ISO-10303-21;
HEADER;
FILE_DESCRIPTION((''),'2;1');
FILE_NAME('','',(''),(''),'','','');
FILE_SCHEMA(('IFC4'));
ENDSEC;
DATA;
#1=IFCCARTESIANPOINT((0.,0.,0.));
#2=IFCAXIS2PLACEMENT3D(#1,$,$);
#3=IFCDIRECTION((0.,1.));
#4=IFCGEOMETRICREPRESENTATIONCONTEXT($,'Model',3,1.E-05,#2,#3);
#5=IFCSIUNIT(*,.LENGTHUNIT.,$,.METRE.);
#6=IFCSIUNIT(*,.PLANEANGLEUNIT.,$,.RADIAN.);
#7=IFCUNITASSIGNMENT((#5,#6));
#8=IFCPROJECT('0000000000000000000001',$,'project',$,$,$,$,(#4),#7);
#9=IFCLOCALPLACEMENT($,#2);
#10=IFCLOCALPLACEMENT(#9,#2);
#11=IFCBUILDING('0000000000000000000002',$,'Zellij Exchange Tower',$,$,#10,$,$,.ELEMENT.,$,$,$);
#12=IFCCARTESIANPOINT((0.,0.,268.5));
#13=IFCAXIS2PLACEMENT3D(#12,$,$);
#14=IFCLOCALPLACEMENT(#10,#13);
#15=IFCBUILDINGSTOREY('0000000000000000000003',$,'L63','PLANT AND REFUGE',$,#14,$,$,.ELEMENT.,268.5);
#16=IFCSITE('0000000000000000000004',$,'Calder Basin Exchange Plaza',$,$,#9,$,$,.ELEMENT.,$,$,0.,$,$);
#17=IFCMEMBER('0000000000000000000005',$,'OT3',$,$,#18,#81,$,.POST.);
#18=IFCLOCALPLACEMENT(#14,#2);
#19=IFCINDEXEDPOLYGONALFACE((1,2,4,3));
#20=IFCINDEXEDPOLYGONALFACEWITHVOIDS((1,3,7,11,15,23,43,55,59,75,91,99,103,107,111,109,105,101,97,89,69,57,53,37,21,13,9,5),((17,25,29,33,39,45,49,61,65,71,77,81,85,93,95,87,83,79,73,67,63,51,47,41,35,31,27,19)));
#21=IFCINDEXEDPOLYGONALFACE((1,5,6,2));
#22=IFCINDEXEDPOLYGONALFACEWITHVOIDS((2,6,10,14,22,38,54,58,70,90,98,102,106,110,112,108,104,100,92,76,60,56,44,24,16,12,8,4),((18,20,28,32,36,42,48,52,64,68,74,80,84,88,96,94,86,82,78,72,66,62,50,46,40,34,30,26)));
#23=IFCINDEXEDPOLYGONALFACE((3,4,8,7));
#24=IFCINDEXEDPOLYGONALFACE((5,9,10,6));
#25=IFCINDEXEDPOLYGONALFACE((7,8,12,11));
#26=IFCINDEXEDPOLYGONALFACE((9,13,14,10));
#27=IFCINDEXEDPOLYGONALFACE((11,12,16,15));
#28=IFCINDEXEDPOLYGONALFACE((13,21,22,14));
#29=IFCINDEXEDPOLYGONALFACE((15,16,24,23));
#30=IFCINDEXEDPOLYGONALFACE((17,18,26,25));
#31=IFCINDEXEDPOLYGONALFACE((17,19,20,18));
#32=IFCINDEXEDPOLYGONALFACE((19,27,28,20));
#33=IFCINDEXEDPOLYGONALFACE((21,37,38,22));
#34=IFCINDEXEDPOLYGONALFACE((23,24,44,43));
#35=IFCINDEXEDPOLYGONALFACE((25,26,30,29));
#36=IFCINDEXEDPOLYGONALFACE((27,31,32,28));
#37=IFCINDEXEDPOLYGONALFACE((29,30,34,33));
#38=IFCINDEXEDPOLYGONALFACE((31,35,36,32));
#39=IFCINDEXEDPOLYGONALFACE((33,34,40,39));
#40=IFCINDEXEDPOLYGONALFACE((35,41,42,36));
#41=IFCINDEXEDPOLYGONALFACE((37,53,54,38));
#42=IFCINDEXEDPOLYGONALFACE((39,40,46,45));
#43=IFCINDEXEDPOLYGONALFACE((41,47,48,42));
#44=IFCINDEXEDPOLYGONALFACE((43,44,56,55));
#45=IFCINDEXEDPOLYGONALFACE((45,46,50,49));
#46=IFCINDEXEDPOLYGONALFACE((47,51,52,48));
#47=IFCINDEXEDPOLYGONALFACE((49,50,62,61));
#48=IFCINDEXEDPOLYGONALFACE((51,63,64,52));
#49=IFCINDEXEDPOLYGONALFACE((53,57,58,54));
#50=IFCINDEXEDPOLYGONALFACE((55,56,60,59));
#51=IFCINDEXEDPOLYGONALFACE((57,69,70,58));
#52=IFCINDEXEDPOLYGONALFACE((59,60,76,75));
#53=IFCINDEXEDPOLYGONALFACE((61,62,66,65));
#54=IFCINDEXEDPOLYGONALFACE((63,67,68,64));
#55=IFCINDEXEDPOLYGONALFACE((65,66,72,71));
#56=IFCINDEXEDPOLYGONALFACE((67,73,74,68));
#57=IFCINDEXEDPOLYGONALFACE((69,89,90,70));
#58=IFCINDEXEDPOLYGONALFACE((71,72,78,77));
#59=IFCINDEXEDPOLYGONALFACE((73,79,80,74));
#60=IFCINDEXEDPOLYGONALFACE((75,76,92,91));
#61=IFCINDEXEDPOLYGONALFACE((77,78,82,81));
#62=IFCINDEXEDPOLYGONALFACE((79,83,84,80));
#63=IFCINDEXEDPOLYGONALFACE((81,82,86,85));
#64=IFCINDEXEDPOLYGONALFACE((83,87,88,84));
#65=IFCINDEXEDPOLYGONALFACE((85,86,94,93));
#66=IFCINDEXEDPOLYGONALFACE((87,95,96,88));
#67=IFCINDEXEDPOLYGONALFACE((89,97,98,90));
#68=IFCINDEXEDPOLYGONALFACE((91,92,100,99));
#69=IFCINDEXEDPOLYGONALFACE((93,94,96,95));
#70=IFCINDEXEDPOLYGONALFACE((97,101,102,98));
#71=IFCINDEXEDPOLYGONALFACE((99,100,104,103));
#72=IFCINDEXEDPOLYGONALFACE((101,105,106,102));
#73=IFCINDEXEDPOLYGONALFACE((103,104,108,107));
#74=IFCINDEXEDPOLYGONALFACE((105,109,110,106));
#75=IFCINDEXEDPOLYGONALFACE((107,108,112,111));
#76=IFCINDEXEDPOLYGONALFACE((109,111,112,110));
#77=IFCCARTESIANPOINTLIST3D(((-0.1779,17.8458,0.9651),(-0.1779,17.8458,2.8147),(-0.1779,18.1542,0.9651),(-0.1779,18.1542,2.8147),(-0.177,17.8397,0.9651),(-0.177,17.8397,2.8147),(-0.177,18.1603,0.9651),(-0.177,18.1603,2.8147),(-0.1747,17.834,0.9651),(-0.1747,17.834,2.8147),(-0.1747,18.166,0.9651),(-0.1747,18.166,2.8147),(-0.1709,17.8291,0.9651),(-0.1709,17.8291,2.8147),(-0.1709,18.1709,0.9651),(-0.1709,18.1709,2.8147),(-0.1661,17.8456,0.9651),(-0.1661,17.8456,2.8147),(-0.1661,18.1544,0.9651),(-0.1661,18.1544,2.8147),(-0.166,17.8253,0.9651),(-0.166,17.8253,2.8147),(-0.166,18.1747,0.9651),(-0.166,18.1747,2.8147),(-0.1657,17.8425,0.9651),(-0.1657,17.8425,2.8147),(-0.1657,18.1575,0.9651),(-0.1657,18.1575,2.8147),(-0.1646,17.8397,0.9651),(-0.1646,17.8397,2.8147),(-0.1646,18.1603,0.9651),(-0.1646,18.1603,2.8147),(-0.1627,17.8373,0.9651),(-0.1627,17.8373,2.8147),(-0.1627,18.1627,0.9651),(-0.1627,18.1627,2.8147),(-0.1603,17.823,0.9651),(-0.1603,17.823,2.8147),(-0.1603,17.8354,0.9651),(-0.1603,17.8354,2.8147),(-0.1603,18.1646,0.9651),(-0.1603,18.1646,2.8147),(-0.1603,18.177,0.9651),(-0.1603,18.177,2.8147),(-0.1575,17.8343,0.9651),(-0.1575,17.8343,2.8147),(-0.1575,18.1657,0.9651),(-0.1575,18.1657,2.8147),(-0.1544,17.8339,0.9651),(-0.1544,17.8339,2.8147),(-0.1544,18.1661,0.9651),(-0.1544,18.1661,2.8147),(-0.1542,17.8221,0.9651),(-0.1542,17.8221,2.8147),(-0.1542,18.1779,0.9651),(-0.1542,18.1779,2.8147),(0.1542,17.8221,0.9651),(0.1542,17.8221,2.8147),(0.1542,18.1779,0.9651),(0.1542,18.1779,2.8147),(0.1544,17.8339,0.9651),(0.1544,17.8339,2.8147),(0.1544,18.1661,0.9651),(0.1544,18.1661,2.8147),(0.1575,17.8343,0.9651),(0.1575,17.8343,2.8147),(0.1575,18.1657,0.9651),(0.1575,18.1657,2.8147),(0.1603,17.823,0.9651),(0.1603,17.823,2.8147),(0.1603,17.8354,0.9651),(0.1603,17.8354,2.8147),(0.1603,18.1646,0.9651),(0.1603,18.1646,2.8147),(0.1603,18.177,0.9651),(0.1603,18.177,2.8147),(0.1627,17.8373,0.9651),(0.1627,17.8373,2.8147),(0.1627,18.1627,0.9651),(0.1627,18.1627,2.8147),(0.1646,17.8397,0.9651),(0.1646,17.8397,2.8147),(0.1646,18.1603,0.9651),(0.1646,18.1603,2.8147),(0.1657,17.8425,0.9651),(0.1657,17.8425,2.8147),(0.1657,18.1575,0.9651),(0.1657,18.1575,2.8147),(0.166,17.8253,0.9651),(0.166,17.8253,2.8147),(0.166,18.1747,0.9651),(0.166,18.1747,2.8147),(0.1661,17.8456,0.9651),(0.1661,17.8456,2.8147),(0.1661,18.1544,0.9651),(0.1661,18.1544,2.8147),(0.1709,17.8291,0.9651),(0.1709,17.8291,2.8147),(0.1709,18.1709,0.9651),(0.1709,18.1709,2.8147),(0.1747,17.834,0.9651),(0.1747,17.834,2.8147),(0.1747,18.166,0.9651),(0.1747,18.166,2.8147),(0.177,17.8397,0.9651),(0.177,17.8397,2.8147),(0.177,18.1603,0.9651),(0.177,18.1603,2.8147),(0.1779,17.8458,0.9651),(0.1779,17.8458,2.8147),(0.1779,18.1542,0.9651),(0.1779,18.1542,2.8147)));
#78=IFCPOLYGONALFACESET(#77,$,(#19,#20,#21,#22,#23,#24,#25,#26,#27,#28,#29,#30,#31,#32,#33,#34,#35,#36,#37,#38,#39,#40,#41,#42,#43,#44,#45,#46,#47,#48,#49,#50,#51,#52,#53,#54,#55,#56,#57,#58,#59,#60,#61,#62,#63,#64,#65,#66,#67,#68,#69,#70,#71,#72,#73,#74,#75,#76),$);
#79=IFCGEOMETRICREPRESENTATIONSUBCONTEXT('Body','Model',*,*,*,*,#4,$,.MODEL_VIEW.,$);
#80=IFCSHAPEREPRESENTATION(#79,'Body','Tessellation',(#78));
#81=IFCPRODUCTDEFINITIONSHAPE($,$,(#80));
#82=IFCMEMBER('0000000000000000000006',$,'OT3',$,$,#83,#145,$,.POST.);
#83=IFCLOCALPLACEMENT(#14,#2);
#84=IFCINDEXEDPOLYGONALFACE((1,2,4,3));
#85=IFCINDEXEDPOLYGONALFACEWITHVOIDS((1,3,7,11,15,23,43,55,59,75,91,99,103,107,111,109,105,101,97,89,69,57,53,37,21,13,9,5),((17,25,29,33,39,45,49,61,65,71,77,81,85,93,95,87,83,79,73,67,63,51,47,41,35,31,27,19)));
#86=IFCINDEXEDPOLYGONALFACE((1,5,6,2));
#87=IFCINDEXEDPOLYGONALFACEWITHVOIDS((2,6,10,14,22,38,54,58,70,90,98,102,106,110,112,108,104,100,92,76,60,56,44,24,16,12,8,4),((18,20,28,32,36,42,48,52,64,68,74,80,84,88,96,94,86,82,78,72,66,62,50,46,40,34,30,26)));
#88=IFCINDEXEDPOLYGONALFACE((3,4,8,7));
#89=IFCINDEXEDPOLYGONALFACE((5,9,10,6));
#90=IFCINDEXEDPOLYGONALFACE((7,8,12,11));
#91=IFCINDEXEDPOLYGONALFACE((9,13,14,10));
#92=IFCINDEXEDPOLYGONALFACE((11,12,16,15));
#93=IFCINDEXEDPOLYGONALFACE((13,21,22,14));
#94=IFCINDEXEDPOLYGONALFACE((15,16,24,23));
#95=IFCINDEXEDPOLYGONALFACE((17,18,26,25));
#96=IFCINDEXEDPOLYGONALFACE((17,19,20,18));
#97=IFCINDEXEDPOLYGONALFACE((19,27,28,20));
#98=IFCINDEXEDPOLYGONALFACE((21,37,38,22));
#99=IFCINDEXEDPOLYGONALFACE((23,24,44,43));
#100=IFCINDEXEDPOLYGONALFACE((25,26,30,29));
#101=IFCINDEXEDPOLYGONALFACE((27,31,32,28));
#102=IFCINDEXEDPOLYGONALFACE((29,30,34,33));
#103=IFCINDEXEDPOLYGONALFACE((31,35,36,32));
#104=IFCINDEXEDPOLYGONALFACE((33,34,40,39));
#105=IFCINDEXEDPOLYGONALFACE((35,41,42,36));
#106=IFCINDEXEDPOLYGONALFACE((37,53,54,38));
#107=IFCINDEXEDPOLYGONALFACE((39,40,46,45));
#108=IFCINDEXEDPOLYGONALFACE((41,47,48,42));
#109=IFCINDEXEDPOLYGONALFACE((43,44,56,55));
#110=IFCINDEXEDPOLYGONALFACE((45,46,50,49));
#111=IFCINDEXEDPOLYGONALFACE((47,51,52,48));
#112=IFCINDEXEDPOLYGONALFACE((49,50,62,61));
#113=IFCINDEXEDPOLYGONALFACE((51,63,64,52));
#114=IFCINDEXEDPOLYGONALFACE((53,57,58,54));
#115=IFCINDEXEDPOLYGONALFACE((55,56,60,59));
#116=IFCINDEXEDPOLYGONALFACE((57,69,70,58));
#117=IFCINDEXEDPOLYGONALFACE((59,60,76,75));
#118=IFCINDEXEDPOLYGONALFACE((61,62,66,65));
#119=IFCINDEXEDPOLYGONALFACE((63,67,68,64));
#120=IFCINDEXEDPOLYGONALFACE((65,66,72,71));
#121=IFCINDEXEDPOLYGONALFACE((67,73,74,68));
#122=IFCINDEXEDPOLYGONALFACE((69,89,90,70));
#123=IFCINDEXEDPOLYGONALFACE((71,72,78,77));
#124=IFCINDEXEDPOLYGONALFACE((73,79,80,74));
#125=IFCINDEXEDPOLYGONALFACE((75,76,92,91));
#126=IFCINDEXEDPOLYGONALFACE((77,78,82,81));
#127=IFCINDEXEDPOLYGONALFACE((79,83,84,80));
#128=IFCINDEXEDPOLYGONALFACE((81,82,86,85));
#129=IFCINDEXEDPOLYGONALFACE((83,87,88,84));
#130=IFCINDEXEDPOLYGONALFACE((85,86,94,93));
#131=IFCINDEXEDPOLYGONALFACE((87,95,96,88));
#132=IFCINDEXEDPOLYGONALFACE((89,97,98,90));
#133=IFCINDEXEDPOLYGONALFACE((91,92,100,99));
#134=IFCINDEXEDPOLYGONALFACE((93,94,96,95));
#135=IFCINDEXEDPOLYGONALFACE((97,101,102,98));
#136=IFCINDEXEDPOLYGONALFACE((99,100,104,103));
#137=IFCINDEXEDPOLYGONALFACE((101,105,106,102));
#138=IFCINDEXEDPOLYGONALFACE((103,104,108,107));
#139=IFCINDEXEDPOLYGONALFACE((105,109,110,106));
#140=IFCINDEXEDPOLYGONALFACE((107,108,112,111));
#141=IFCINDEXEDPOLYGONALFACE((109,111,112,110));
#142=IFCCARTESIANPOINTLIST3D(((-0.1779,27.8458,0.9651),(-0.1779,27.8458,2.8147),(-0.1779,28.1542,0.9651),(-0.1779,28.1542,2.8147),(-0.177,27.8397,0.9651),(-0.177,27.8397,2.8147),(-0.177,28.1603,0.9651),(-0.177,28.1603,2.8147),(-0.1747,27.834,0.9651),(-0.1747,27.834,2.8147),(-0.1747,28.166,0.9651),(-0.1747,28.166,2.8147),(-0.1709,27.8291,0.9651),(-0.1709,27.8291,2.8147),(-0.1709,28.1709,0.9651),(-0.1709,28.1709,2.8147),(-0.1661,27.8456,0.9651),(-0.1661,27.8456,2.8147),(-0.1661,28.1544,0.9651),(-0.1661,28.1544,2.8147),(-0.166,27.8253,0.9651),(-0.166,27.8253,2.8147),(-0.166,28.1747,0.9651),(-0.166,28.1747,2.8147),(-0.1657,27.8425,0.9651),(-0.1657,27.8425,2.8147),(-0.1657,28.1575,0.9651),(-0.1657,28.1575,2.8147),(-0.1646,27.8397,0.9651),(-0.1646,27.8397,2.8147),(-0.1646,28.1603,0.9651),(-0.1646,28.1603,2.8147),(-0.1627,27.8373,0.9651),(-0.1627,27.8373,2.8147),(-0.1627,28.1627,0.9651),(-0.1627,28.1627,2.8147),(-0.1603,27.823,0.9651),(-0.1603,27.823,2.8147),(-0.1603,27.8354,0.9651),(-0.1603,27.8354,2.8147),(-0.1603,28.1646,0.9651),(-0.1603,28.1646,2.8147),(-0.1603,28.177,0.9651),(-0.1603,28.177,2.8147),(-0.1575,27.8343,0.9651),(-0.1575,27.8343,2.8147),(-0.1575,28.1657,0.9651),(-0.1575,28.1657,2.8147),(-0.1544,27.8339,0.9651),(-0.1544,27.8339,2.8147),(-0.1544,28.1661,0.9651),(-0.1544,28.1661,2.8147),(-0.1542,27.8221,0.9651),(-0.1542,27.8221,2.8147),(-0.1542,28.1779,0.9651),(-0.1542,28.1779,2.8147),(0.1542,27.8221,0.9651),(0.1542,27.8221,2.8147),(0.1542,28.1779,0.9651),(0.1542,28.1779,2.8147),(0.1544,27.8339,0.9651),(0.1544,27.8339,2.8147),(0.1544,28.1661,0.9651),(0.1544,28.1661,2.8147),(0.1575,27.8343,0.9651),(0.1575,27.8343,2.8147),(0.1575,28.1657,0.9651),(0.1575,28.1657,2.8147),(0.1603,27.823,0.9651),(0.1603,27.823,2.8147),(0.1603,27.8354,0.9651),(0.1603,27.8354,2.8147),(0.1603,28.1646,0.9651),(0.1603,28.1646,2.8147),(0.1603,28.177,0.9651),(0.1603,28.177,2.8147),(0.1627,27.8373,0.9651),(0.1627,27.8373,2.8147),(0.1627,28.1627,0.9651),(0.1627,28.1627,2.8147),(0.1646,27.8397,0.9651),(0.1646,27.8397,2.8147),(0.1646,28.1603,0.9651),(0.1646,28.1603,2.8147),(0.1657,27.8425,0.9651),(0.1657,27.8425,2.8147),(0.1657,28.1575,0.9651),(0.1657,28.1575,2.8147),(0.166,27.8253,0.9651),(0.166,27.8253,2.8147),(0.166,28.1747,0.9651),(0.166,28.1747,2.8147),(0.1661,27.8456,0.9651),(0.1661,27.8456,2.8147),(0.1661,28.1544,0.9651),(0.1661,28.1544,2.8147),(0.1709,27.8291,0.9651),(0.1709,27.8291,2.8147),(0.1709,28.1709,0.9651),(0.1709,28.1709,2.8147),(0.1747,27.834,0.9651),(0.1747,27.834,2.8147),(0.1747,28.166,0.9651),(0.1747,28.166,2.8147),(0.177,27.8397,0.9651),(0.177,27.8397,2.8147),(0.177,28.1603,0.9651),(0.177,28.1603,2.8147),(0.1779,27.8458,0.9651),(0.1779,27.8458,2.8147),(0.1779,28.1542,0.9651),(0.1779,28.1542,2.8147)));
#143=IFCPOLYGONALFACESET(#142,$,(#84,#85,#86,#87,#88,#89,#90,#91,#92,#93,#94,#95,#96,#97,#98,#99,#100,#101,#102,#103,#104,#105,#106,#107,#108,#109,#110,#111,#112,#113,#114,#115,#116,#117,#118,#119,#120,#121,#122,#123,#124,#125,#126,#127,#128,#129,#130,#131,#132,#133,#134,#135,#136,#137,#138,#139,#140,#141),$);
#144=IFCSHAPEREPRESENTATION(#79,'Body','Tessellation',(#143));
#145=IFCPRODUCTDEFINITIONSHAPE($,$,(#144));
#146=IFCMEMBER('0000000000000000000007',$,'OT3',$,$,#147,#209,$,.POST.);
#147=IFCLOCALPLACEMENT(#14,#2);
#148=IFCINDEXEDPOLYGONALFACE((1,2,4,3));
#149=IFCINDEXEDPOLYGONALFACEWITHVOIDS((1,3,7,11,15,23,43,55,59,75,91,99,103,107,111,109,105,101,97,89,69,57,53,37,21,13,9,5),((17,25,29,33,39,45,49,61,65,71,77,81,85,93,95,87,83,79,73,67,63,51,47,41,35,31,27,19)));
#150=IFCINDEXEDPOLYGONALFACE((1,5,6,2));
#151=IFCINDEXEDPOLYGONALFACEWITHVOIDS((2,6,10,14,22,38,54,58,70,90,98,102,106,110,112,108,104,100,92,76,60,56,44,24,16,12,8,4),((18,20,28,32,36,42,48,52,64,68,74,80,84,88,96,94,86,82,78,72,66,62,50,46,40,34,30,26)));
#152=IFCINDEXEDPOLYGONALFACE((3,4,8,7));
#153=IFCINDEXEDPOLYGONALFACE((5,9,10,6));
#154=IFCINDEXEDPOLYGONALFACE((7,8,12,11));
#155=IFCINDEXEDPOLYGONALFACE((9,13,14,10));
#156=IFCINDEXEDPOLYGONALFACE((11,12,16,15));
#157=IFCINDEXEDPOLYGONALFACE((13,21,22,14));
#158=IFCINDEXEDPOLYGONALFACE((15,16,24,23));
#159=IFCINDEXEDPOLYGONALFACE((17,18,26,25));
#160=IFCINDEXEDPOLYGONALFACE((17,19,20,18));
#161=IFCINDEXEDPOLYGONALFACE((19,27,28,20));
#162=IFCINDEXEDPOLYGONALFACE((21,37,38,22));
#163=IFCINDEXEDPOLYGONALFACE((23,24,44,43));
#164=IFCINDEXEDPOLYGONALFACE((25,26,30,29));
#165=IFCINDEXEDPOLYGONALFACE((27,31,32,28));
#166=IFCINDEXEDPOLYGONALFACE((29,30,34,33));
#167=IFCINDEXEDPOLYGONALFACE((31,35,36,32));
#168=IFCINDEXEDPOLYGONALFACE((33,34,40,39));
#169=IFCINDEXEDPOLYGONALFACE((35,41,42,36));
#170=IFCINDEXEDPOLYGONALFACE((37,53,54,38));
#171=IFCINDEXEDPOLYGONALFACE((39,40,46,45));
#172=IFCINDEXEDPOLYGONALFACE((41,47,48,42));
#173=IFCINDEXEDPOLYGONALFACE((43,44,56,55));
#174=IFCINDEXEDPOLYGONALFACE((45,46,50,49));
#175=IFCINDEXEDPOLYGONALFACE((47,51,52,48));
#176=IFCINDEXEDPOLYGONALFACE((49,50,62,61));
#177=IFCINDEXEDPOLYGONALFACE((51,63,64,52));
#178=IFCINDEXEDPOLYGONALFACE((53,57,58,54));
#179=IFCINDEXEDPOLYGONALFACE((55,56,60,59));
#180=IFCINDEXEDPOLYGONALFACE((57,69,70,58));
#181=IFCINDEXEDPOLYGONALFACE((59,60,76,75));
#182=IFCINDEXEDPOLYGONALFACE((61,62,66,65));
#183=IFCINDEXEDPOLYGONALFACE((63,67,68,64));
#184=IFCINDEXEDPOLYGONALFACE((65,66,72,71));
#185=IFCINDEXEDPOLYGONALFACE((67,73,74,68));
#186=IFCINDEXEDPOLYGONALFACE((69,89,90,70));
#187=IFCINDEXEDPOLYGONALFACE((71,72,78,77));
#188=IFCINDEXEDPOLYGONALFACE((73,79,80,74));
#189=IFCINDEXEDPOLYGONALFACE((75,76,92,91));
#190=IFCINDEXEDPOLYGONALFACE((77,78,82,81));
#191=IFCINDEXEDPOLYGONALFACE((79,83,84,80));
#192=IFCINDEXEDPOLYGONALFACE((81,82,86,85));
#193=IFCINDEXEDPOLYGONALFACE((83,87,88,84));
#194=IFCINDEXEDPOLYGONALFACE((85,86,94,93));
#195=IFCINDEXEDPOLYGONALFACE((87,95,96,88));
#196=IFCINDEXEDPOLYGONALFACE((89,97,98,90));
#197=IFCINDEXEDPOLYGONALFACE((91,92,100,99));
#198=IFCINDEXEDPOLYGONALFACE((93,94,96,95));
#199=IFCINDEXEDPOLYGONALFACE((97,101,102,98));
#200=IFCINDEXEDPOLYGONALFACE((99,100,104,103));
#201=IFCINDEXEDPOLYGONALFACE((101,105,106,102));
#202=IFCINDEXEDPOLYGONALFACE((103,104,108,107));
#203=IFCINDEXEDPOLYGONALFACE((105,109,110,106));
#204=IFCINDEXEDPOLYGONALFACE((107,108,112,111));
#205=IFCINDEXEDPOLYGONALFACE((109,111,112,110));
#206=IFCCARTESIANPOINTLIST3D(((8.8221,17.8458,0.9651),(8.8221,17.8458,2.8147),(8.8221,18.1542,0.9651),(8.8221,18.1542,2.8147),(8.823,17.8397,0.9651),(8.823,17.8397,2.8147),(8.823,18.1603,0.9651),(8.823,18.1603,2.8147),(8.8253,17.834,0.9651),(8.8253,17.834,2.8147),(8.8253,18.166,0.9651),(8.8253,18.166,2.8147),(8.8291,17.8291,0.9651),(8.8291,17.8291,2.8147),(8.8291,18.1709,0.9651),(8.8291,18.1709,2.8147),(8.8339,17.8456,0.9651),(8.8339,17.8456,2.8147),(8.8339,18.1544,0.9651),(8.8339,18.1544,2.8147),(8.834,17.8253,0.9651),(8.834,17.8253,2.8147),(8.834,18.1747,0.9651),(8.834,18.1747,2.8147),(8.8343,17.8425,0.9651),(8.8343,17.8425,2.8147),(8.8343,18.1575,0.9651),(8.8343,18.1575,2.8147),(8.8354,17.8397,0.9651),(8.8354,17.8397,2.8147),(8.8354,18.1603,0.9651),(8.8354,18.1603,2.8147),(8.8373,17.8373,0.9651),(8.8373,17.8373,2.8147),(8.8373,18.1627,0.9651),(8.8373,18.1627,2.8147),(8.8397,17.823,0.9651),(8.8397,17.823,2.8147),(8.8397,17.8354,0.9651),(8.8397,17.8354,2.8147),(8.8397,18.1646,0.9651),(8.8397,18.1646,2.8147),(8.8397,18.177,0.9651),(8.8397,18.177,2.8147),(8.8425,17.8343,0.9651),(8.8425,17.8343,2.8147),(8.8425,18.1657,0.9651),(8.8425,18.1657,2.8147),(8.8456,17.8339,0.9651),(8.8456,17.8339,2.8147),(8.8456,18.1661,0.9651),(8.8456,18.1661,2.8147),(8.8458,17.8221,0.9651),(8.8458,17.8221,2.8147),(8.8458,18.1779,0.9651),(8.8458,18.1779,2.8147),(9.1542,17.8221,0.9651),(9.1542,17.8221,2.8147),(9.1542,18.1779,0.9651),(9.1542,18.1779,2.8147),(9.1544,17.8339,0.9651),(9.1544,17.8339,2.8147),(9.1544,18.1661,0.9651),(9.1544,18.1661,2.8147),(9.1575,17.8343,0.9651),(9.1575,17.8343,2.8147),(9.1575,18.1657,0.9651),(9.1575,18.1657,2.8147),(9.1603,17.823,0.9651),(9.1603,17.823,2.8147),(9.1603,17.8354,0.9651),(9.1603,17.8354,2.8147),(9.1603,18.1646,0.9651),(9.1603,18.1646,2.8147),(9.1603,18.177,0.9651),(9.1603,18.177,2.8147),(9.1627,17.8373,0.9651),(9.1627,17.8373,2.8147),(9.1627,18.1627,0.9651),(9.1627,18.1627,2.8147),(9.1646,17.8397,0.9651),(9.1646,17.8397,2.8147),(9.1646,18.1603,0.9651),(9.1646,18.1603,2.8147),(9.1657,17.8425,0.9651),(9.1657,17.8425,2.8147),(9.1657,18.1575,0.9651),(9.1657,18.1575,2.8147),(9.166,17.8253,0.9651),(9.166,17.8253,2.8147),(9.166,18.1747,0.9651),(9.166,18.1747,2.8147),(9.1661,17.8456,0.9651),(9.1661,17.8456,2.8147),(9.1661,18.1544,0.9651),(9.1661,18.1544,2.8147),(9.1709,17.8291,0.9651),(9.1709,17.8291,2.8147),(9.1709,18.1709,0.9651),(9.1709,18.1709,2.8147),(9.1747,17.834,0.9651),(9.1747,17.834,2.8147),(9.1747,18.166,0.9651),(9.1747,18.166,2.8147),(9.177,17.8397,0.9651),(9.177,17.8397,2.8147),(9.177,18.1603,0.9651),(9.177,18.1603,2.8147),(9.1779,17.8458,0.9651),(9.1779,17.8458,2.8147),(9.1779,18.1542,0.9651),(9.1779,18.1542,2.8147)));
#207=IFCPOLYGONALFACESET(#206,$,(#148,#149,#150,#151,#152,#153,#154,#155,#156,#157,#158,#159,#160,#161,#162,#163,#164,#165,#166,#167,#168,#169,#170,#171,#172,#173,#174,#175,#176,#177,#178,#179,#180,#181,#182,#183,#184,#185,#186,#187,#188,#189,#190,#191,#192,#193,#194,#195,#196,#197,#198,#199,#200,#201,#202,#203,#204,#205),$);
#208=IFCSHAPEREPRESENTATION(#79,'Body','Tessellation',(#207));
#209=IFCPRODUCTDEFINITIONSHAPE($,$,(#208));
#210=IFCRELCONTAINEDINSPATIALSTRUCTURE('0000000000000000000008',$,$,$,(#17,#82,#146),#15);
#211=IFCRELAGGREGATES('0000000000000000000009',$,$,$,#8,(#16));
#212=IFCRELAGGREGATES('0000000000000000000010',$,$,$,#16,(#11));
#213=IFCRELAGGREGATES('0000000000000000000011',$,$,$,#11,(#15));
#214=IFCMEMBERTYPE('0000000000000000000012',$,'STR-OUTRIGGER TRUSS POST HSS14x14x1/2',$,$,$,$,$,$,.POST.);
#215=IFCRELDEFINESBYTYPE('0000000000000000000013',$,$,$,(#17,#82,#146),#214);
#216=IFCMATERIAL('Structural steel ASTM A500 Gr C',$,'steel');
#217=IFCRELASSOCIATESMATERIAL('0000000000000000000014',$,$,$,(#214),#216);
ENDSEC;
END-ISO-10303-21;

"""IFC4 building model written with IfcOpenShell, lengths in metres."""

from ifc_helpers import new_model, si_unit, direction, frame, origin, origin_2d, place, context, subcontext, project, spatial, hollow_rectangle, extrude, material, material_profile, profile_set, type_object, element, save


model = new_model("IFC4")

# Units and contexts
model_context = context("Model", 3, precision=1e-05, world=origin(), true_north=direction((0.0, 1.0)))
body_context = subcontext(model_context, "Body", "Model", "MODEL_VIEW")
ifc_project = project(units=[si_unit("LENGTHUNIT", "METRE"), si_unit("PLANEANGLEUNIT", "RADIAN")], contexts=[model_context])

# Site, building, storey
site_placement = place(None, origin())
site = spatial("IfcSite", under=ifc_project, at=site_placement, Name="Calder Basin Exchange Plaza", CompositionType="ELEMENT", RefElevation=0.0)
building_placement = place(site_placement, origin())
building = spatial("IfcBuilding", under=site, at=building_placement, Name="Zellij Exchange Tower", CompositionType="ELEMENT")
storey_placement = place(building_placement, frame((0.0, 0.0, 268.5)))
storey = spatial("IfcBuildingStorey", under=building, at=storey_placement, Name="L63", Description="PLANT AND REFUGE", CompositionType="ELEMENT", Elevation=268.5)

# Members
ifc_material_1 = material(Name="Structural steel ASTM A500 Gr C", Category="steel")
ifc_material_profile_1 = material_profile(ifc_material_1, hollow_rectangle(XDim=0.3557, YDim=0.3557, WallThickness=0.0117, InnerFilletRadius=0.0117, OuterFilletRadius=0.0237, at=origin_2d()), Name="STR-OUTRIGGER TRUSS POST HSS14x14x1/2")
ifc_profile_set_1 = profile_set([ifc_material_profile_1], Name="Structural steel ASTM A500 Gr C")
member_type_1 = type_object("IfcMemberType", Name="STR-OUTRIGGER TRUSS POST HSS14x14x1/2", PredefinedType="POST", material=ifc_profile_set_1)
for number, where, z_axis, x_axis, name in (
    (1, (0.0, 18.0, 0.9651), (0.0, 0.0, 1.0), (1.0, 0.0, 0.0), "OT3"),
    (2, (0.0, 28.0, 0.9651), (0.0, 0.0, 1.0), (1.0, 0.0, 0.0), "OT3"),
    (3, (9.0, 18.0, 0.9651), (0.0, 0.0, 1.0), (1.0, 0.0, 0.0), "OT3"),
):
    element("IfcMember", number, at=place(storey_placement, frame(where, z_axis=z_axis, x_axis=x_axis)), inside=storey, type_object=member_type_1, Name=name, PredefinedType="POST", context=body_context, shape_type="SweptSolid", body=[
        extrude(hollow_rectangle(XDim=0.3557, YDim=0.3557, WallThickness=0.0117, InnerFilletRadius=0.0117, OuterFilletRadius=0.0237, at=origin_2d()), origin(), (0.0, 0.0, 1.0), 1.8496),
    ])

save(model, "model.ifc")
